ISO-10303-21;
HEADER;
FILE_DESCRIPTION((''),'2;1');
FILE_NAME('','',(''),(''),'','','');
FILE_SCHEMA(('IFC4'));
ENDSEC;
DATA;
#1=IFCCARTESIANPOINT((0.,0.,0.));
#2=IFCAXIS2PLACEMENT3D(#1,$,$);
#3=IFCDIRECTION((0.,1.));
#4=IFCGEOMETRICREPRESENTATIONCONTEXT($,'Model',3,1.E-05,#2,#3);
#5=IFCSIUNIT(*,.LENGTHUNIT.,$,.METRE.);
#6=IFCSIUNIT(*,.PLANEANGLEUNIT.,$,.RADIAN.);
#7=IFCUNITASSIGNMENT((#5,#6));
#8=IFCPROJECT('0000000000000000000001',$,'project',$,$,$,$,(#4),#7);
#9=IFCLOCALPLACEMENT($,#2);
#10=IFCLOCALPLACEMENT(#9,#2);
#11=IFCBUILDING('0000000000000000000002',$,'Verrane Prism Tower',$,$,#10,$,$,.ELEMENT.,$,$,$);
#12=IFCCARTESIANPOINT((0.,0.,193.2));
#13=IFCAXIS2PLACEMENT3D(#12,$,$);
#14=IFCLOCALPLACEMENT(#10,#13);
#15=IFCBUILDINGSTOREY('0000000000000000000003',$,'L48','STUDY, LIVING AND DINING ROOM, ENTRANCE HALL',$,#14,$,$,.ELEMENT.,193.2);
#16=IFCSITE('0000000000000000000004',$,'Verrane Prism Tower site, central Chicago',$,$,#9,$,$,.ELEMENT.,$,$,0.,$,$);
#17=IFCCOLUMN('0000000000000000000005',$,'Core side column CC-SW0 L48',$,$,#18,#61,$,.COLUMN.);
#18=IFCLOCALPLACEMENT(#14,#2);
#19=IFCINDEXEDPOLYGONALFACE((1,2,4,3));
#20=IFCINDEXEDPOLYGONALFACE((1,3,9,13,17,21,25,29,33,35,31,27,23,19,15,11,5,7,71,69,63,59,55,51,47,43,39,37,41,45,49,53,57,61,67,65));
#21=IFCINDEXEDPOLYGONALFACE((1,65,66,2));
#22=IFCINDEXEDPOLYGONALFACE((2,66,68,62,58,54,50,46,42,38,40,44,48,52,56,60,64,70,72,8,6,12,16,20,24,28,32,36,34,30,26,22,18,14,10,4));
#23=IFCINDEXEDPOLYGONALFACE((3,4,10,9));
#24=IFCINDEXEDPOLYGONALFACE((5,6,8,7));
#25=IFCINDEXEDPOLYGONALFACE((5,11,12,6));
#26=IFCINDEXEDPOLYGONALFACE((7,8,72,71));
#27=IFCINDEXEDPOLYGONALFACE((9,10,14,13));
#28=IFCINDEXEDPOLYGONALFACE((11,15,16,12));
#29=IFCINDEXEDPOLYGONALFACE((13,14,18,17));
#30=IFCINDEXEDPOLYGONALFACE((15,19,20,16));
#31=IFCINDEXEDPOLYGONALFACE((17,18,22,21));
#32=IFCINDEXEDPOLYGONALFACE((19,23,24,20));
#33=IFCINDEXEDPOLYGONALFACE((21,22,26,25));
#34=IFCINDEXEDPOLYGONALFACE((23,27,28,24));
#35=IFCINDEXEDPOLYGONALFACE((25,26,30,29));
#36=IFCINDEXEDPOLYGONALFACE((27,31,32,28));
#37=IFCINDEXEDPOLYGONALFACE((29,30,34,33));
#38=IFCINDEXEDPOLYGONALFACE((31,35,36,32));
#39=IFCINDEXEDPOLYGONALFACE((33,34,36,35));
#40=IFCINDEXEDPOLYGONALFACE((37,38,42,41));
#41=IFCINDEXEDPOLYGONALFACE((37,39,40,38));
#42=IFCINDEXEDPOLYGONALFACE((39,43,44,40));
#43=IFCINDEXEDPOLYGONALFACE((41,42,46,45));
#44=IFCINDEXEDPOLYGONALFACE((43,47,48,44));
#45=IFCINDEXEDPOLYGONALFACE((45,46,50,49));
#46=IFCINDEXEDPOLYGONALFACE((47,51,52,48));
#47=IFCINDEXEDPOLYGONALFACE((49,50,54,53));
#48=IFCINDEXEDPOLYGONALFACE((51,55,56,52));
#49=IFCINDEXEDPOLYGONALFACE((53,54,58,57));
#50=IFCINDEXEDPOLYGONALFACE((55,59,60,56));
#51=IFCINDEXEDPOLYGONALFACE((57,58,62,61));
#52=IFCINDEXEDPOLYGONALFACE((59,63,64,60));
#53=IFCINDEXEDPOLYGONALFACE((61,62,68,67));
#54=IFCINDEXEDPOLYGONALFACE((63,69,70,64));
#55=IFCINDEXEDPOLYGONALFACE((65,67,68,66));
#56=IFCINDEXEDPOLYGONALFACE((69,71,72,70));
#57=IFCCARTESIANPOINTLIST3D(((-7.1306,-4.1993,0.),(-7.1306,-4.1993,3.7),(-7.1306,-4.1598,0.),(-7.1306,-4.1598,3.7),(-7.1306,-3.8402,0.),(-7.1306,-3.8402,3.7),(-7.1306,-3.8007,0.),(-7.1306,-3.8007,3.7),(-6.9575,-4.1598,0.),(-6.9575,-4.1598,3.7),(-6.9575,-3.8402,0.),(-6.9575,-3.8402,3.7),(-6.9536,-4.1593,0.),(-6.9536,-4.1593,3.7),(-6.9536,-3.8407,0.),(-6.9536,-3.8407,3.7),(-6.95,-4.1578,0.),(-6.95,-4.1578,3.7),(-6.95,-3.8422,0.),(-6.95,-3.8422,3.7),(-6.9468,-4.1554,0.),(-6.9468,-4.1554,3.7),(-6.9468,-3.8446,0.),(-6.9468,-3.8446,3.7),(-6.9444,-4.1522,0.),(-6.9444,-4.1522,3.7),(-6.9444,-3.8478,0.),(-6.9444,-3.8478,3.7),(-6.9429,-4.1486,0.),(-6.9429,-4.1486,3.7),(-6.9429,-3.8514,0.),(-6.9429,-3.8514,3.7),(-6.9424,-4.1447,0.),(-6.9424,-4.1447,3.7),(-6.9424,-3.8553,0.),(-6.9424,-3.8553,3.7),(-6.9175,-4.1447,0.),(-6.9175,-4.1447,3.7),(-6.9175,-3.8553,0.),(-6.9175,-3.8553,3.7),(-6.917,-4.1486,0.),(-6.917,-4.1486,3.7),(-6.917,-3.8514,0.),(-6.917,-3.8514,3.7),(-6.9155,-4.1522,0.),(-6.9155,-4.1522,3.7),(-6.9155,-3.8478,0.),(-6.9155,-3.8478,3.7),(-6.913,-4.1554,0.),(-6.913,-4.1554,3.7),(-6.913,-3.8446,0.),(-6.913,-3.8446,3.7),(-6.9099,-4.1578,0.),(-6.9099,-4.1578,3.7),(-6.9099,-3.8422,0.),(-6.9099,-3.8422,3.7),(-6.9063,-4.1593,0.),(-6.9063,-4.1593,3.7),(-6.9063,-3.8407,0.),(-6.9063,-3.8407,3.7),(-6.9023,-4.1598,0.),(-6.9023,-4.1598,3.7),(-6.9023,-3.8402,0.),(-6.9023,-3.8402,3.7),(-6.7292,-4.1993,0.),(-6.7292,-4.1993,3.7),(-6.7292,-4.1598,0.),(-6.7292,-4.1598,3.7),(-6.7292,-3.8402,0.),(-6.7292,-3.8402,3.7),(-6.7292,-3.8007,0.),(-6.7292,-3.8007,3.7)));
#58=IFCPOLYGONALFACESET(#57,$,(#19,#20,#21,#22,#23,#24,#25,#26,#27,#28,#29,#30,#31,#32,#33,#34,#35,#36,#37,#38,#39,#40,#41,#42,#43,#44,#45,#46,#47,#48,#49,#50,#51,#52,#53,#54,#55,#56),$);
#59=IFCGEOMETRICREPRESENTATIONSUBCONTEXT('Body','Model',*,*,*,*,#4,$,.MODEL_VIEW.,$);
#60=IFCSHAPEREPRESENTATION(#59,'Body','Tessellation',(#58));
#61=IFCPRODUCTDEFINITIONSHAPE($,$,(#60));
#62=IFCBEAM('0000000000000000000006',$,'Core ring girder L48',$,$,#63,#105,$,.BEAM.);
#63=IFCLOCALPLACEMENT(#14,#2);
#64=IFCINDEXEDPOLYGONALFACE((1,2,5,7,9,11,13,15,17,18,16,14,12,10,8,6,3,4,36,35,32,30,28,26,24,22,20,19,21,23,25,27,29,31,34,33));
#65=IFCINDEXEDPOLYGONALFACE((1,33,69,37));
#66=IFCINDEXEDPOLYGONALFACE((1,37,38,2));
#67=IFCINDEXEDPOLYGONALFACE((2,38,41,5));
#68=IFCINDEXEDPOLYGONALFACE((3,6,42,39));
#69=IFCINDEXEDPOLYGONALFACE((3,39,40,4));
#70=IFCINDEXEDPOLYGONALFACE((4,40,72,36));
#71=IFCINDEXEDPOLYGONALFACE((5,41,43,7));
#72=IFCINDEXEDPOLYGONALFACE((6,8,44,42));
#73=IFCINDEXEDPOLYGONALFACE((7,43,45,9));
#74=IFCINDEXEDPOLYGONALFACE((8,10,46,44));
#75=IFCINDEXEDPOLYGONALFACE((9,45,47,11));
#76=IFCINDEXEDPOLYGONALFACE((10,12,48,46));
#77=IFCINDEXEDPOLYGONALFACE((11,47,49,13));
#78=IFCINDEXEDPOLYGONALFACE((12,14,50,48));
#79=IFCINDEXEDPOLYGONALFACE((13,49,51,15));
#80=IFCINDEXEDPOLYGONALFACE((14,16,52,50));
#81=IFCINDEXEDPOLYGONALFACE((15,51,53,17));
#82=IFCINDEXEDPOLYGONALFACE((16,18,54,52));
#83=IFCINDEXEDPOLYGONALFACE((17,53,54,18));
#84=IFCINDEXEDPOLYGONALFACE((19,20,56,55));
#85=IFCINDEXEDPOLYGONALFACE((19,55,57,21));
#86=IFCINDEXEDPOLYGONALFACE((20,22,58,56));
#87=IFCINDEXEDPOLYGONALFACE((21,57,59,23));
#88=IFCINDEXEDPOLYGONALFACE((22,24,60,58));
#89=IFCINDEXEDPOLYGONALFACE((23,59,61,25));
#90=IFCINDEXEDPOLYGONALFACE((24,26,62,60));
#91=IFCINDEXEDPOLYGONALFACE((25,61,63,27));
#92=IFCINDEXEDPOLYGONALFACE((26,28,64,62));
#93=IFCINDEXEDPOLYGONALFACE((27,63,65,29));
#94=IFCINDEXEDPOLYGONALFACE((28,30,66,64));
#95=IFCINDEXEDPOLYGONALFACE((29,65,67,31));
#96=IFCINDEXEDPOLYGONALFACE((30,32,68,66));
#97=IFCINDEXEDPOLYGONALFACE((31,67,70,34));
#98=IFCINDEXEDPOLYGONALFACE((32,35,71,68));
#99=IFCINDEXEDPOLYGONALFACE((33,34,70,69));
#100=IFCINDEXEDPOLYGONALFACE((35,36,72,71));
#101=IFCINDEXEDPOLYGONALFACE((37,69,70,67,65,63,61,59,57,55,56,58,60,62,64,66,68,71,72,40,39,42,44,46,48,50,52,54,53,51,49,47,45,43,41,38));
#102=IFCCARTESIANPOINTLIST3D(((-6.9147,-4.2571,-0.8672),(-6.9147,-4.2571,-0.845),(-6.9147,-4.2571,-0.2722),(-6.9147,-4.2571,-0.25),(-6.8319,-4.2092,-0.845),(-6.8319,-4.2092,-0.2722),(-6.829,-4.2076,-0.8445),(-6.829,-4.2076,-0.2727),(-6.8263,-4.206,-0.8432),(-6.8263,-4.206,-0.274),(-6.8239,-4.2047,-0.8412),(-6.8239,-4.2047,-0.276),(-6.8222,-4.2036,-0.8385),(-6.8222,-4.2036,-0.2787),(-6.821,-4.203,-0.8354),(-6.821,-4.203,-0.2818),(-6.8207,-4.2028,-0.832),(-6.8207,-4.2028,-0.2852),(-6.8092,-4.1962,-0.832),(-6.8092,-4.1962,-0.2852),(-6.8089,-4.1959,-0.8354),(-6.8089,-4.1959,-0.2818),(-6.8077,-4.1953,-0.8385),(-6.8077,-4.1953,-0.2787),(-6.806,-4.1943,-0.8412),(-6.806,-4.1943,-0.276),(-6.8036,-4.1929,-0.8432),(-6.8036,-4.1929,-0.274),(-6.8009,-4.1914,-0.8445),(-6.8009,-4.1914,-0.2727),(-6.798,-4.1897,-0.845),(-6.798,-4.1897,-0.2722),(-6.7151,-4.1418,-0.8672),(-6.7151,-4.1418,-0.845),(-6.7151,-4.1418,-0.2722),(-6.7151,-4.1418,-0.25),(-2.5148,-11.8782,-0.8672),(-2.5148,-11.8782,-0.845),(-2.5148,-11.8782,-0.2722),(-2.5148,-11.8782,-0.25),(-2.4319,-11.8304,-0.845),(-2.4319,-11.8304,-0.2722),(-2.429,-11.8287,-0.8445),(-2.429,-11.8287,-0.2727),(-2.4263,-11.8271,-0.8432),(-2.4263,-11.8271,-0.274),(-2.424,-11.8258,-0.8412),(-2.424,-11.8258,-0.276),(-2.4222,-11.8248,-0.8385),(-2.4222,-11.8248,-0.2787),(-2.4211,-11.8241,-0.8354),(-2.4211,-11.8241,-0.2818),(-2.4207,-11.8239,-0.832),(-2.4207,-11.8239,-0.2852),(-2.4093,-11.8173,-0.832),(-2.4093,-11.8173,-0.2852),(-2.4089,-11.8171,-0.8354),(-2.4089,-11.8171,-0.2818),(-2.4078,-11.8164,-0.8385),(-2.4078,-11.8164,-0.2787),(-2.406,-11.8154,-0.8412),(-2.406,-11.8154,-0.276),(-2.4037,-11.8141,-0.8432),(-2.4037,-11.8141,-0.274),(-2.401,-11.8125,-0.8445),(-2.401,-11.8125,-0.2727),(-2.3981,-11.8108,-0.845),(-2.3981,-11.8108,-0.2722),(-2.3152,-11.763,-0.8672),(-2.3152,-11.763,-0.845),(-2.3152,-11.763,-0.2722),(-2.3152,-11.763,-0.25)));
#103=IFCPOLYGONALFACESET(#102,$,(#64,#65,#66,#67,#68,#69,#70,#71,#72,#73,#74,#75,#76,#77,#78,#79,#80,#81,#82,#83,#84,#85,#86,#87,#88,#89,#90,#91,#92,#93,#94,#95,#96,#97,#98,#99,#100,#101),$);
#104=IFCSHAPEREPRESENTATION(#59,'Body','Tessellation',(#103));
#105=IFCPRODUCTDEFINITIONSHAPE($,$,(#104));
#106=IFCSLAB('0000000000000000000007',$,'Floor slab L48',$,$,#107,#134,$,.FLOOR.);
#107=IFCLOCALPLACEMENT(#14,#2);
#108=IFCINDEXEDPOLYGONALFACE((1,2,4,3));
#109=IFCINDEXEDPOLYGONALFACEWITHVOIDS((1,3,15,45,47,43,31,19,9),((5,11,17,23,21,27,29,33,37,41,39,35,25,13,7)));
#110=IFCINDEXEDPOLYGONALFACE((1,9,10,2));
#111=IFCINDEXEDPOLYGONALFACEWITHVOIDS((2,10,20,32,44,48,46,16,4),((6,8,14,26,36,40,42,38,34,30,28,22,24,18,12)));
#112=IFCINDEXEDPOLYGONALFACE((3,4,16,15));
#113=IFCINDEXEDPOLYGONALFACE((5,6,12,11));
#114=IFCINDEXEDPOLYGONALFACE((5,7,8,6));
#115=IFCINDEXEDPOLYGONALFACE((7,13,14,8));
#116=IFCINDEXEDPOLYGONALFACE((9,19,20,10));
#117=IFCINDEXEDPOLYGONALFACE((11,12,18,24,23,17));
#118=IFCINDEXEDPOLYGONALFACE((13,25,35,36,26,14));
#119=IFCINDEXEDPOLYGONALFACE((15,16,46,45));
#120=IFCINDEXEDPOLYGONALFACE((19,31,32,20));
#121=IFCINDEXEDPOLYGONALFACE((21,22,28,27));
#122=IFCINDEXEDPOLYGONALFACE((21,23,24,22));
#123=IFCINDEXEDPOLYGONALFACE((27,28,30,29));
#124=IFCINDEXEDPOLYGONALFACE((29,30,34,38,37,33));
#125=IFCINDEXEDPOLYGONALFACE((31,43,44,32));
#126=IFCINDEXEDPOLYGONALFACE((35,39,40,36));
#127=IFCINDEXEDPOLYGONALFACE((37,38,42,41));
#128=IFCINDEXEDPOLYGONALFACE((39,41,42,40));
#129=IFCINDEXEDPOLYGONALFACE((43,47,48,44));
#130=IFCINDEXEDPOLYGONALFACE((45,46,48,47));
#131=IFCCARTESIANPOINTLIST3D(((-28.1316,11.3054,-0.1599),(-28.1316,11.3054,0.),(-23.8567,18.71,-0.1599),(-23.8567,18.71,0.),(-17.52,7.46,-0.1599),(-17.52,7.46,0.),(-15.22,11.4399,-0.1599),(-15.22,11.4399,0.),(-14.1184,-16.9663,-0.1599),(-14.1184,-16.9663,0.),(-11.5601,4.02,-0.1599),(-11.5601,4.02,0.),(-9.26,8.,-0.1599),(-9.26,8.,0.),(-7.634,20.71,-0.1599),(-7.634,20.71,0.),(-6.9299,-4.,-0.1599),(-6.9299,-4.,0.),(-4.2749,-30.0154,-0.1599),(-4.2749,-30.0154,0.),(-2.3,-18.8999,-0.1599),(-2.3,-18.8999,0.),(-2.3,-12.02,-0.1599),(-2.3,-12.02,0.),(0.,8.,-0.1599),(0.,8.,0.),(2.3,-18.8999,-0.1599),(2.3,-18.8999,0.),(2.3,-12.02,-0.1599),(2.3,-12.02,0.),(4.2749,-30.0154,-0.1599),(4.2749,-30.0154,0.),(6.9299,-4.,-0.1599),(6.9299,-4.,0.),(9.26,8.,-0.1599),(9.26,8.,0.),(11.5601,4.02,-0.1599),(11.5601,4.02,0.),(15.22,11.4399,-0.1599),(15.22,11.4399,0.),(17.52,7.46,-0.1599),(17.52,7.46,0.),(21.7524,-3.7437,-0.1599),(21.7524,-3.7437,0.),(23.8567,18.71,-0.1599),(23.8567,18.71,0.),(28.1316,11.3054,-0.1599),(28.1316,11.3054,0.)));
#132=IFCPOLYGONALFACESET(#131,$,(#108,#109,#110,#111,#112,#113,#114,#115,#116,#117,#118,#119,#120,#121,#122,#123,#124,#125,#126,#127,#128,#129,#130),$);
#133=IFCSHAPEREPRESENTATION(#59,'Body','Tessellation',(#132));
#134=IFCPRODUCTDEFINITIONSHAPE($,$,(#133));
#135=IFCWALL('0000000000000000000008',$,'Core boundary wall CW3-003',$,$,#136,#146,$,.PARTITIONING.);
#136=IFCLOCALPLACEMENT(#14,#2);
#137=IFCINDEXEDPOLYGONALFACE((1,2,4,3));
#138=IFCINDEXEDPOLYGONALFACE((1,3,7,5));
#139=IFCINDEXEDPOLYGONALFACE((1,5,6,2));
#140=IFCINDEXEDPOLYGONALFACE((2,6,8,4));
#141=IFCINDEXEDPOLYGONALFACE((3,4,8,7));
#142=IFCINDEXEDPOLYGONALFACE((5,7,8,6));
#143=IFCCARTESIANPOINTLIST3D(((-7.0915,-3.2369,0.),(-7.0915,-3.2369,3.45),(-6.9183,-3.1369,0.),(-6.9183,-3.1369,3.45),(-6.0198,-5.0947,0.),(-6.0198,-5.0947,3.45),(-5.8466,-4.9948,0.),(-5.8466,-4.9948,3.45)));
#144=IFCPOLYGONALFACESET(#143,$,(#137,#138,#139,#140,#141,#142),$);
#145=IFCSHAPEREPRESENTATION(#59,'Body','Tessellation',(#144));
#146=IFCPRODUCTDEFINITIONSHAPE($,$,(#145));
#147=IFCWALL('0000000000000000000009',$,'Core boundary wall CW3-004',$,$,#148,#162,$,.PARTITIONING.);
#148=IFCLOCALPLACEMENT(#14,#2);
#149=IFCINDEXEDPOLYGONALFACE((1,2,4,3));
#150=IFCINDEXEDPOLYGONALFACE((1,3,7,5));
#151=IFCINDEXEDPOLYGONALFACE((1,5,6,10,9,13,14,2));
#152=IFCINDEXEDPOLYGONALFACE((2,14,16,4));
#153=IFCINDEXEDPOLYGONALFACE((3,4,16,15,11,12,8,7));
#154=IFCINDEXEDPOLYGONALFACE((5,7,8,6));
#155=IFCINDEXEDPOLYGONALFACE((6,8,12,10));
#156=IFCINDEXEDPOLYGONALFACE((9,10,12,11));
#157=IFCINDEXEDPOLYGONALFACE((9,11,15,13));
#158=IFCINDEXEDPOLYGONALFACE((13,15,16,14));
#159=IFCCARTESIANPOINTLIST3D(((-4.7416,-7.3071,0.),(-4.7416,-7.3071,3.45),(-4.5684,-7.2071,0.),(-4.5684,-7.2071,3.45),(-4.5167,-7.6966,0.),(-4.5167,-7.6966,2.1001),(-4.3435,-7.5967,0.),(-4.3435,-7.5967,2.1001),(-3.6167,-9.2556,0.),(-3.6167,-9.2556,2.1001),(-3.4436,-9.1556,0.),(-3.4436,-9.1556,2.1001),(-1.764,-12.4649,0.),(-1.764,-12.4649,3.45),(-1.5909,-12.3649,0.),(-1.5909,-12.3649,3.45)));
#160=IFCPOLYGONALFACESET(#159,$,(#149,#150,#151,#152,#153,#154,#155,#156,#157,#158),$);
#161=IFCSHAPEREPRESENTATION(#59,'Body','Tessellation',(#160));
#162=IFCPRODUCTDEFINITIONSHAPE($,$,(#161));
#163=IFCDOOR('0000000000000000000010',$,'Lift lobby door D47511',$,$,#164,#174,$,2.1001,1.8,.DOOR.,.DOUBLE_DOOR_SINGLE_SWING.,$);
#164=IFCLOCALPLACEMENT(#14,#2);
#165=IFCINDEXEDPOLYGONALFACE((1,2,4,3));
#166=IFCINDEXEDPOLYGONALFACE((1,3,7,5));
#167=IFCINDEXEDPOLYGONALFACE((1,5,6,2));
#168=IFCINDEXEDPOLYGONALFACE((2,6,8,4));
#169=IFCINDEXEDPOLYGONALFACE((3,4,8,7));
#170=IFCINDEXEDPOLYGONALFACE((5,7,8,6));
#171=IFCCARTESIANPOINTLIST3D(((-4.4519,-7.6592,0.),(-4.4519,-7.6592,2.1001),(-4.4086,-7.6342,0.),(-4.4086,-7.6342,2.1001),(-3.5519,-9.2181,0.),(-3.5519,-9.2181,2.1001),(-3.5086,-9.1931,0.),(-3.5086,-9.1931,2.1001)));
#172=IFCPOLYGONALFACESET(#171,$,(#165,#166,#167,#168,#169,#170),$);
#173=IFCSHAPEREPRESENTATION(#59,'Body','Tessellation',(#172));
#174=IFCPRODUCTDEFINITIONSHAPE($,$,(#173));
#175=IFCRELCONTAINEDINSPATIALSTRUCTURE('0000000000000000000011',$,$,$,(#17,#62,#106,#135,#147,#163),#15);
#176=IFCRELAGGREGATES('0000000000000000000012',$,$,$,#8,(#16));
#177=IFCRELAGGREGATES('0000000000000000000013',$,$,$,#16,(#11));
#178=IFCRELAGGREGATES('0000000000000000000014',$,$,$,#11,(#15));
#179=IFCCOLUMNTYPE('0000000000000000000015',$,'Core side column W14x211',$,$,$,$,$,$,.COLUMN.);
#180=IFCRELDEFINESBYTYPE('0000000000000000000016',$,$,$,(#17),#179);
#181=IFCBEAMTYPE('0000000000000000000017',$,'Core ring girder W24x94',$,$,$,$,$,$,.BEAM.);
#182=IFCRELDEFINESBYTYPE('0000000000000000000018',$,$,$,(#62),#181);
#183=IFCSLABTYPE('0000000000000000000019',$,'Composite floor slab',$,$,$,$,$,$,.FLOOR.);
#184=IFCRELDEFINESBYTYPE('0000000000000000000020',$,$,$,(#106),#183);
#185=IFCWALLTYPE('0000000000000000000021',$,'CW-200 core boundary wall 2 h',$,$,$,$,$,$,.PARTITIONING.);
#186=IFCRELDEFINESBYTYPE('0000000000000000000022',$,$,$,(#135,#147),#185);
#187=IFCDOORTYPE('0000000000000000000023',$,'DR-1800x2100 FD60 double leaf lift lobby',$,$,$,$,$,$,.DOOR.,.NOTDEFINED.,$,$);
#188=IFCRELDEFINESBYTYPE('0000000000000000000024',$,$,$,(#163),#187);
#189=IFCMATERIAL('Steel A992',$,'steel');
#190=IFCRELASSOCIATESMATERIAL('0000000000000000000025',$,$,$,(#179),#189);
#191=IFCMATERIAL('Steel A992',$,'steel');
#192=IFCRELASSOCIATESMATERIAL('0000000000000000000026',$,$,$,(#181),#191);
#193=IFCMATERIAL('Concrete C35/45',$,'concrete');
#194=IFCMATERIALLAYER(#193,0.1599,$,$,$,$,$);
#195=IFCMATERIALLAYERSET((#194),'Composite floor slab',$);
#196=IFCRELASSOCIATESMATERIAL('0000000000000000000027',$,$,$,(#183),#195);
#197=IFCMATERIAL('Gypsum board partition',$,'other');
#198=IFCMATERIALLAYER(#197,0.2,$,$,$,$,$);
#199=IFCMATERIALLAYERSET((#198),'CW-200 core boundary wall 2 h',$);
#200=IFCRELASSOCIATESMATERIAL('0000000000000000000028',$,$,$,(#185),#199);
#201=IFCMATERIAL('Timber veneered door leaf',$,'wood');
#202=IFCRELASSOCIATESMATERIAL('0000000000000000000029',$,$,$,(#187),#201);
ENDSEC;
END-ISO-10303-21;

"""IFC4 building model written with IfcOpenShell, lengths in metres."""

from ifc_helpers import new_model, si_unit, direction, frame, frame_2d, origin, origin_2d, place, context, subcontext, project, spatial, polyline, rectangle, i_section, outline, extrude, material, layer, layer_set, material_profile, profile_set, type_object, element, fill, save


model = new_model("IFC4")

# Units and contexts
model_context = context("Model", 3, precision=1e-05, world=origin(), true_north=direction((0.0, 1.0)))
body_context = subcontext(model_context, "Body", "Model", "MODEL_VIEW")
ifc_project = project(units=[si_unit("LENGTHUNIT", "METRE"), si_unit("PLANEANGLEUNIT", "RADIAN")], contexts=[model_context])

# Site, building, storey
site_placement = place(None, origin())
site = spatial("IfcSite", under=ifc_project, at=site_placement, Name="Verrane Prism Tower site, central Chicago", CompositionType="ELEMENT", RefElevation=0.0)
building_placement = place(site_placement, origin())
building = spatial("IfcBuilding", under=site, at=building_placement, Name="Verrane Prism Tower", CompositionType="ELEMENT")
storey_placement = place(building_placement, frame((0.0, 0.0, 193.2)))
storey = spatial("IfcBuildingStorey", under=building, at=storey_placement, Name="L48", Description="STUDY, LIVING AND DINING ROOM, ENTRANCE HALL", CompositionType="ELEMENT", Elevation=193.2)

# Column
ifc_material_1 = material(Name="Steel A992", Category="steel")
ifc_material_profile_1 = material_profile(ifc_material_1, i_section(OverallWidth=0.4014, OverallDepth=0.3987, WebThickness=0.0249, FlangeThickness=0.0396, FilletRadius=0.0151, at=origin_2d()), Name="W14x211")
ifc_profile_set_1 = profile_set([ifc_material_profile_1], Name="Steel A992")
column_type = type_object("IfcColumnType", Name="Core side column W14x211", PredefinedType="COLUMN", material=ifc_profile_set_1)
column_placement = place(storey_placement, frame((-6.9299, -4.0, 0.0), z_axis=(0.0, 0.0, 1.0), x_axis=(1.0, 0.0, 0.0)))
element("IfcColumn", 1, at=column_placement, inside=storey, type_object=column_type, Name="Core side column CC-SW0 L48", PredefinedType="COLUMN", context=body_context, shape_type="SweptSolid", body=[
    extrude(i_section(OverallWidth=0.4014, OverallDepth=0.3987, WebThickness=0.0249, FlangeThickness=0.0396, FilletRadius=0.0151, at=origin_2d()), origin(), (0.0, 0.0, 1.0), 3.7),
])

# Beam
ifc_material_2 = material(Name="Steel A992", Category="steel")
ifc_material_profile_2 = material_profile(ifc_material_2, i_section(OverallWidth=0.2305, OverallDepth=0.6172, WebThickness=0.0132, FlangeThickness=0.0222, FilletRadius=0.0129, at=origin_2d()), Name="W24x94")
ifc_profile_set_2 = profile_set([ifc_material_profile_2], Name="Steel A992")
beam_type = type_object("IfcBeamType", Name="Core ring girder W24x94", PredefinedType="BEAM", material=ifc_profile_set_2)
beam_placement = place(storey_placement, frame((-6.8149, -4.1995, -0.5586), z_axis=(0.499988, -0.866032, 0.0), x_axis=(0.866032, 0.499988, 0.0)))
element("IfcBeam", 2, at=beam_placement, inside=storey, type_object=beam_type, Name="Core ring girder L48", PredefinedType="BEAM", context=body_context, shape_type="SweptSolid", body=[
    extrude(i_section(OverallWidth=0.2305, OverallDepth=0.6172, WebThickness=0.0132, FlangeThickness=0.0222, FilletRadius=0.0129, at=origin_2d()), origin(), (0.0, 0.0, 1.0), 8.8),
])

# Slab
ifc_material_3 = material(Name="Concrete C35/45", Category="concrete")
ifc_layer_1 = layer(ifc_material_3, 0.1599)
ifc_layer_set_1 = layer_set([ifc_layer_1], Name="Composite floor slab")
slab_type = type_object("IfcSlabType", Name="Composite floor slab", PredefinedType="FLOOR", material=ifc_layer_set_1)
slab_placement = place(storey_placement, frame((0.0, 0.0, -0.1599)))
element("IfcSlab", 3, at=slab_placement, inside=storey, type_object=slab_type, Name="Floor slab L48", PredefinedType="FLOOR", context=body_context, shape_type="SweptSolid", body=[
    extrude(outline(polyline([(21.7524, -3.7437), (4.2749, -30.0154), (-4.2749, -30.0154), (-14.1184, -16.9663), (-28.1316, 11.3054), (-23.8567, 18.71), (-7.634, 20.71), (23.8567, 18.71), (28.1316, 11.3054), (21.7524, -3.7437)]), holes=[polyline([(17.52, 7.46), (15.22, 11.4399), (9.26, 8.0), (0.0, 8.0), (-9.26, 8.0), (-15.22, 11.4399), (-17.52, 7.46), (-11.5601, 4.02), (-6.9299, -4.0), (-2.3, -12.02), (-2.3, -18.8999), (2.3, -18.8999), (2.3, -12.02), (6.9299, -4.0), (11.5601, 4.02), (17.52, 7.46)])]), origin(), (0.0, 0.0, 1.0), 0.1599),
])

# Wall
ifc_material_4 = material(Name="Gypsum board partition", Category="other")
ifc_layer_2 = layer(ifc_material_4, 0.2)
ifc_layer_set_2 = layer_set([ifc_layer_2], Name="CW-200 core boundary wall 2 h")
wall_type_1 = type_object("IfcWallType", Name="CW-200 core boundary wall 2 h", PredefinedType="PARTITIONING", material=ifc_layer_set_2)
wall_1_placement = place(storey_placement, frame((-7.0049, -3.187, 0.0), z_axis=(0.0, 0.0, 1.0), x_axis=(0.49969, -0.866205, 0.0)))
element("IfcWall", 4, at=wall_1_placement, inside=storey, type_object=wall_type_1, Name="Core boundary wall CW3-003", PredefinedType="PARTITIONING", context=body_context, shape_type="SweptSolid", body=[
    extrude(rectangle(XDim=2.1448, YDim=0.2, at=frame_2d((1.0723, 0.0))), origin(), (0.0, 0.0, 1.0), 3.45),
])

# Wall, opening, door
wall_2_placement = place(storey_placement, frame((-4.655, -7.2571, 0.0), z_axis=(0.0, 0.0, 1.0), x_axis=(0.499966, -0.866045, 0.0)))
wall_2 = element("IfcWall", 5, at=wall_2_placement, inside=storey, type_object=wall_type_1, Name="Core boundary wall CW3-004", PredefinedType="PARTITIONING", context=body_context, shape_type="SweptSolid", body=[
    extrude(rectangle(XDim=5.9556, YDim=0.2, at=frame_2d((2.9778, 0.0))), origin(), (0.0, 0.0, 1.0), 3.45),
])
opening_1_placement = place(wall_2_placement, frame((0.45, 0.0, 0.0)))
opening_1 = element("IfcOpeningElement", 6, at=opening_1_placement, cuts=wall_2, PredefinedType="OPENING", context=body_context, shape_type="SweptSolid", body=[
    extrude(rectangle(XDim=1.8, YDim=2.1001, at=frame_2d((0.8999, 1.05))), frame((0.0, 0.1099, 0.0), z_axis=(0.0, -1.0, 0.0), x_axis=(1.0, 0.0, 0.0)), (0.0, 0.0, 1.0), 0.22),
])
ifc_material_5 = material(Name="Timber veneered door leaf", Category="wood")
door_type_1 = type_object("IfcDoorType", Name="DR-1800x2100 FD60 double leaf lift lobby", OperationType="NOTDEFINED", PredefinedType="DOOR", material=ifc_material_5)
door_1_placement = place(opening_1_placement, origin())
door_1 = element("IfcDoor", 7, at=door_1_placement, inside=storey, type_object=door_type_1, Name="Lift lobby door D47511", OperationType="DOUBLE_DOOR_SINGLE_SWING", OverallHeight=2.1001, OverallWidth=1.8, PredefinedType="DOOR", context=body_context, shape_type="SweptSolid", body=[
    extrude(rectangle(XDim=1.8, YDim=2.1001, at=frame_2d((0.8999, 1.05))), frame((0.0, 0.0249, 0.0), z_axis=(0.0, -1.0, 0.0), x_axis=(1.0, 0.0, 0.0)), (0.0, 0.0, 1.0), 0.05),
])
fill(opening_1, door_1)

save(model, "model.ifc")
